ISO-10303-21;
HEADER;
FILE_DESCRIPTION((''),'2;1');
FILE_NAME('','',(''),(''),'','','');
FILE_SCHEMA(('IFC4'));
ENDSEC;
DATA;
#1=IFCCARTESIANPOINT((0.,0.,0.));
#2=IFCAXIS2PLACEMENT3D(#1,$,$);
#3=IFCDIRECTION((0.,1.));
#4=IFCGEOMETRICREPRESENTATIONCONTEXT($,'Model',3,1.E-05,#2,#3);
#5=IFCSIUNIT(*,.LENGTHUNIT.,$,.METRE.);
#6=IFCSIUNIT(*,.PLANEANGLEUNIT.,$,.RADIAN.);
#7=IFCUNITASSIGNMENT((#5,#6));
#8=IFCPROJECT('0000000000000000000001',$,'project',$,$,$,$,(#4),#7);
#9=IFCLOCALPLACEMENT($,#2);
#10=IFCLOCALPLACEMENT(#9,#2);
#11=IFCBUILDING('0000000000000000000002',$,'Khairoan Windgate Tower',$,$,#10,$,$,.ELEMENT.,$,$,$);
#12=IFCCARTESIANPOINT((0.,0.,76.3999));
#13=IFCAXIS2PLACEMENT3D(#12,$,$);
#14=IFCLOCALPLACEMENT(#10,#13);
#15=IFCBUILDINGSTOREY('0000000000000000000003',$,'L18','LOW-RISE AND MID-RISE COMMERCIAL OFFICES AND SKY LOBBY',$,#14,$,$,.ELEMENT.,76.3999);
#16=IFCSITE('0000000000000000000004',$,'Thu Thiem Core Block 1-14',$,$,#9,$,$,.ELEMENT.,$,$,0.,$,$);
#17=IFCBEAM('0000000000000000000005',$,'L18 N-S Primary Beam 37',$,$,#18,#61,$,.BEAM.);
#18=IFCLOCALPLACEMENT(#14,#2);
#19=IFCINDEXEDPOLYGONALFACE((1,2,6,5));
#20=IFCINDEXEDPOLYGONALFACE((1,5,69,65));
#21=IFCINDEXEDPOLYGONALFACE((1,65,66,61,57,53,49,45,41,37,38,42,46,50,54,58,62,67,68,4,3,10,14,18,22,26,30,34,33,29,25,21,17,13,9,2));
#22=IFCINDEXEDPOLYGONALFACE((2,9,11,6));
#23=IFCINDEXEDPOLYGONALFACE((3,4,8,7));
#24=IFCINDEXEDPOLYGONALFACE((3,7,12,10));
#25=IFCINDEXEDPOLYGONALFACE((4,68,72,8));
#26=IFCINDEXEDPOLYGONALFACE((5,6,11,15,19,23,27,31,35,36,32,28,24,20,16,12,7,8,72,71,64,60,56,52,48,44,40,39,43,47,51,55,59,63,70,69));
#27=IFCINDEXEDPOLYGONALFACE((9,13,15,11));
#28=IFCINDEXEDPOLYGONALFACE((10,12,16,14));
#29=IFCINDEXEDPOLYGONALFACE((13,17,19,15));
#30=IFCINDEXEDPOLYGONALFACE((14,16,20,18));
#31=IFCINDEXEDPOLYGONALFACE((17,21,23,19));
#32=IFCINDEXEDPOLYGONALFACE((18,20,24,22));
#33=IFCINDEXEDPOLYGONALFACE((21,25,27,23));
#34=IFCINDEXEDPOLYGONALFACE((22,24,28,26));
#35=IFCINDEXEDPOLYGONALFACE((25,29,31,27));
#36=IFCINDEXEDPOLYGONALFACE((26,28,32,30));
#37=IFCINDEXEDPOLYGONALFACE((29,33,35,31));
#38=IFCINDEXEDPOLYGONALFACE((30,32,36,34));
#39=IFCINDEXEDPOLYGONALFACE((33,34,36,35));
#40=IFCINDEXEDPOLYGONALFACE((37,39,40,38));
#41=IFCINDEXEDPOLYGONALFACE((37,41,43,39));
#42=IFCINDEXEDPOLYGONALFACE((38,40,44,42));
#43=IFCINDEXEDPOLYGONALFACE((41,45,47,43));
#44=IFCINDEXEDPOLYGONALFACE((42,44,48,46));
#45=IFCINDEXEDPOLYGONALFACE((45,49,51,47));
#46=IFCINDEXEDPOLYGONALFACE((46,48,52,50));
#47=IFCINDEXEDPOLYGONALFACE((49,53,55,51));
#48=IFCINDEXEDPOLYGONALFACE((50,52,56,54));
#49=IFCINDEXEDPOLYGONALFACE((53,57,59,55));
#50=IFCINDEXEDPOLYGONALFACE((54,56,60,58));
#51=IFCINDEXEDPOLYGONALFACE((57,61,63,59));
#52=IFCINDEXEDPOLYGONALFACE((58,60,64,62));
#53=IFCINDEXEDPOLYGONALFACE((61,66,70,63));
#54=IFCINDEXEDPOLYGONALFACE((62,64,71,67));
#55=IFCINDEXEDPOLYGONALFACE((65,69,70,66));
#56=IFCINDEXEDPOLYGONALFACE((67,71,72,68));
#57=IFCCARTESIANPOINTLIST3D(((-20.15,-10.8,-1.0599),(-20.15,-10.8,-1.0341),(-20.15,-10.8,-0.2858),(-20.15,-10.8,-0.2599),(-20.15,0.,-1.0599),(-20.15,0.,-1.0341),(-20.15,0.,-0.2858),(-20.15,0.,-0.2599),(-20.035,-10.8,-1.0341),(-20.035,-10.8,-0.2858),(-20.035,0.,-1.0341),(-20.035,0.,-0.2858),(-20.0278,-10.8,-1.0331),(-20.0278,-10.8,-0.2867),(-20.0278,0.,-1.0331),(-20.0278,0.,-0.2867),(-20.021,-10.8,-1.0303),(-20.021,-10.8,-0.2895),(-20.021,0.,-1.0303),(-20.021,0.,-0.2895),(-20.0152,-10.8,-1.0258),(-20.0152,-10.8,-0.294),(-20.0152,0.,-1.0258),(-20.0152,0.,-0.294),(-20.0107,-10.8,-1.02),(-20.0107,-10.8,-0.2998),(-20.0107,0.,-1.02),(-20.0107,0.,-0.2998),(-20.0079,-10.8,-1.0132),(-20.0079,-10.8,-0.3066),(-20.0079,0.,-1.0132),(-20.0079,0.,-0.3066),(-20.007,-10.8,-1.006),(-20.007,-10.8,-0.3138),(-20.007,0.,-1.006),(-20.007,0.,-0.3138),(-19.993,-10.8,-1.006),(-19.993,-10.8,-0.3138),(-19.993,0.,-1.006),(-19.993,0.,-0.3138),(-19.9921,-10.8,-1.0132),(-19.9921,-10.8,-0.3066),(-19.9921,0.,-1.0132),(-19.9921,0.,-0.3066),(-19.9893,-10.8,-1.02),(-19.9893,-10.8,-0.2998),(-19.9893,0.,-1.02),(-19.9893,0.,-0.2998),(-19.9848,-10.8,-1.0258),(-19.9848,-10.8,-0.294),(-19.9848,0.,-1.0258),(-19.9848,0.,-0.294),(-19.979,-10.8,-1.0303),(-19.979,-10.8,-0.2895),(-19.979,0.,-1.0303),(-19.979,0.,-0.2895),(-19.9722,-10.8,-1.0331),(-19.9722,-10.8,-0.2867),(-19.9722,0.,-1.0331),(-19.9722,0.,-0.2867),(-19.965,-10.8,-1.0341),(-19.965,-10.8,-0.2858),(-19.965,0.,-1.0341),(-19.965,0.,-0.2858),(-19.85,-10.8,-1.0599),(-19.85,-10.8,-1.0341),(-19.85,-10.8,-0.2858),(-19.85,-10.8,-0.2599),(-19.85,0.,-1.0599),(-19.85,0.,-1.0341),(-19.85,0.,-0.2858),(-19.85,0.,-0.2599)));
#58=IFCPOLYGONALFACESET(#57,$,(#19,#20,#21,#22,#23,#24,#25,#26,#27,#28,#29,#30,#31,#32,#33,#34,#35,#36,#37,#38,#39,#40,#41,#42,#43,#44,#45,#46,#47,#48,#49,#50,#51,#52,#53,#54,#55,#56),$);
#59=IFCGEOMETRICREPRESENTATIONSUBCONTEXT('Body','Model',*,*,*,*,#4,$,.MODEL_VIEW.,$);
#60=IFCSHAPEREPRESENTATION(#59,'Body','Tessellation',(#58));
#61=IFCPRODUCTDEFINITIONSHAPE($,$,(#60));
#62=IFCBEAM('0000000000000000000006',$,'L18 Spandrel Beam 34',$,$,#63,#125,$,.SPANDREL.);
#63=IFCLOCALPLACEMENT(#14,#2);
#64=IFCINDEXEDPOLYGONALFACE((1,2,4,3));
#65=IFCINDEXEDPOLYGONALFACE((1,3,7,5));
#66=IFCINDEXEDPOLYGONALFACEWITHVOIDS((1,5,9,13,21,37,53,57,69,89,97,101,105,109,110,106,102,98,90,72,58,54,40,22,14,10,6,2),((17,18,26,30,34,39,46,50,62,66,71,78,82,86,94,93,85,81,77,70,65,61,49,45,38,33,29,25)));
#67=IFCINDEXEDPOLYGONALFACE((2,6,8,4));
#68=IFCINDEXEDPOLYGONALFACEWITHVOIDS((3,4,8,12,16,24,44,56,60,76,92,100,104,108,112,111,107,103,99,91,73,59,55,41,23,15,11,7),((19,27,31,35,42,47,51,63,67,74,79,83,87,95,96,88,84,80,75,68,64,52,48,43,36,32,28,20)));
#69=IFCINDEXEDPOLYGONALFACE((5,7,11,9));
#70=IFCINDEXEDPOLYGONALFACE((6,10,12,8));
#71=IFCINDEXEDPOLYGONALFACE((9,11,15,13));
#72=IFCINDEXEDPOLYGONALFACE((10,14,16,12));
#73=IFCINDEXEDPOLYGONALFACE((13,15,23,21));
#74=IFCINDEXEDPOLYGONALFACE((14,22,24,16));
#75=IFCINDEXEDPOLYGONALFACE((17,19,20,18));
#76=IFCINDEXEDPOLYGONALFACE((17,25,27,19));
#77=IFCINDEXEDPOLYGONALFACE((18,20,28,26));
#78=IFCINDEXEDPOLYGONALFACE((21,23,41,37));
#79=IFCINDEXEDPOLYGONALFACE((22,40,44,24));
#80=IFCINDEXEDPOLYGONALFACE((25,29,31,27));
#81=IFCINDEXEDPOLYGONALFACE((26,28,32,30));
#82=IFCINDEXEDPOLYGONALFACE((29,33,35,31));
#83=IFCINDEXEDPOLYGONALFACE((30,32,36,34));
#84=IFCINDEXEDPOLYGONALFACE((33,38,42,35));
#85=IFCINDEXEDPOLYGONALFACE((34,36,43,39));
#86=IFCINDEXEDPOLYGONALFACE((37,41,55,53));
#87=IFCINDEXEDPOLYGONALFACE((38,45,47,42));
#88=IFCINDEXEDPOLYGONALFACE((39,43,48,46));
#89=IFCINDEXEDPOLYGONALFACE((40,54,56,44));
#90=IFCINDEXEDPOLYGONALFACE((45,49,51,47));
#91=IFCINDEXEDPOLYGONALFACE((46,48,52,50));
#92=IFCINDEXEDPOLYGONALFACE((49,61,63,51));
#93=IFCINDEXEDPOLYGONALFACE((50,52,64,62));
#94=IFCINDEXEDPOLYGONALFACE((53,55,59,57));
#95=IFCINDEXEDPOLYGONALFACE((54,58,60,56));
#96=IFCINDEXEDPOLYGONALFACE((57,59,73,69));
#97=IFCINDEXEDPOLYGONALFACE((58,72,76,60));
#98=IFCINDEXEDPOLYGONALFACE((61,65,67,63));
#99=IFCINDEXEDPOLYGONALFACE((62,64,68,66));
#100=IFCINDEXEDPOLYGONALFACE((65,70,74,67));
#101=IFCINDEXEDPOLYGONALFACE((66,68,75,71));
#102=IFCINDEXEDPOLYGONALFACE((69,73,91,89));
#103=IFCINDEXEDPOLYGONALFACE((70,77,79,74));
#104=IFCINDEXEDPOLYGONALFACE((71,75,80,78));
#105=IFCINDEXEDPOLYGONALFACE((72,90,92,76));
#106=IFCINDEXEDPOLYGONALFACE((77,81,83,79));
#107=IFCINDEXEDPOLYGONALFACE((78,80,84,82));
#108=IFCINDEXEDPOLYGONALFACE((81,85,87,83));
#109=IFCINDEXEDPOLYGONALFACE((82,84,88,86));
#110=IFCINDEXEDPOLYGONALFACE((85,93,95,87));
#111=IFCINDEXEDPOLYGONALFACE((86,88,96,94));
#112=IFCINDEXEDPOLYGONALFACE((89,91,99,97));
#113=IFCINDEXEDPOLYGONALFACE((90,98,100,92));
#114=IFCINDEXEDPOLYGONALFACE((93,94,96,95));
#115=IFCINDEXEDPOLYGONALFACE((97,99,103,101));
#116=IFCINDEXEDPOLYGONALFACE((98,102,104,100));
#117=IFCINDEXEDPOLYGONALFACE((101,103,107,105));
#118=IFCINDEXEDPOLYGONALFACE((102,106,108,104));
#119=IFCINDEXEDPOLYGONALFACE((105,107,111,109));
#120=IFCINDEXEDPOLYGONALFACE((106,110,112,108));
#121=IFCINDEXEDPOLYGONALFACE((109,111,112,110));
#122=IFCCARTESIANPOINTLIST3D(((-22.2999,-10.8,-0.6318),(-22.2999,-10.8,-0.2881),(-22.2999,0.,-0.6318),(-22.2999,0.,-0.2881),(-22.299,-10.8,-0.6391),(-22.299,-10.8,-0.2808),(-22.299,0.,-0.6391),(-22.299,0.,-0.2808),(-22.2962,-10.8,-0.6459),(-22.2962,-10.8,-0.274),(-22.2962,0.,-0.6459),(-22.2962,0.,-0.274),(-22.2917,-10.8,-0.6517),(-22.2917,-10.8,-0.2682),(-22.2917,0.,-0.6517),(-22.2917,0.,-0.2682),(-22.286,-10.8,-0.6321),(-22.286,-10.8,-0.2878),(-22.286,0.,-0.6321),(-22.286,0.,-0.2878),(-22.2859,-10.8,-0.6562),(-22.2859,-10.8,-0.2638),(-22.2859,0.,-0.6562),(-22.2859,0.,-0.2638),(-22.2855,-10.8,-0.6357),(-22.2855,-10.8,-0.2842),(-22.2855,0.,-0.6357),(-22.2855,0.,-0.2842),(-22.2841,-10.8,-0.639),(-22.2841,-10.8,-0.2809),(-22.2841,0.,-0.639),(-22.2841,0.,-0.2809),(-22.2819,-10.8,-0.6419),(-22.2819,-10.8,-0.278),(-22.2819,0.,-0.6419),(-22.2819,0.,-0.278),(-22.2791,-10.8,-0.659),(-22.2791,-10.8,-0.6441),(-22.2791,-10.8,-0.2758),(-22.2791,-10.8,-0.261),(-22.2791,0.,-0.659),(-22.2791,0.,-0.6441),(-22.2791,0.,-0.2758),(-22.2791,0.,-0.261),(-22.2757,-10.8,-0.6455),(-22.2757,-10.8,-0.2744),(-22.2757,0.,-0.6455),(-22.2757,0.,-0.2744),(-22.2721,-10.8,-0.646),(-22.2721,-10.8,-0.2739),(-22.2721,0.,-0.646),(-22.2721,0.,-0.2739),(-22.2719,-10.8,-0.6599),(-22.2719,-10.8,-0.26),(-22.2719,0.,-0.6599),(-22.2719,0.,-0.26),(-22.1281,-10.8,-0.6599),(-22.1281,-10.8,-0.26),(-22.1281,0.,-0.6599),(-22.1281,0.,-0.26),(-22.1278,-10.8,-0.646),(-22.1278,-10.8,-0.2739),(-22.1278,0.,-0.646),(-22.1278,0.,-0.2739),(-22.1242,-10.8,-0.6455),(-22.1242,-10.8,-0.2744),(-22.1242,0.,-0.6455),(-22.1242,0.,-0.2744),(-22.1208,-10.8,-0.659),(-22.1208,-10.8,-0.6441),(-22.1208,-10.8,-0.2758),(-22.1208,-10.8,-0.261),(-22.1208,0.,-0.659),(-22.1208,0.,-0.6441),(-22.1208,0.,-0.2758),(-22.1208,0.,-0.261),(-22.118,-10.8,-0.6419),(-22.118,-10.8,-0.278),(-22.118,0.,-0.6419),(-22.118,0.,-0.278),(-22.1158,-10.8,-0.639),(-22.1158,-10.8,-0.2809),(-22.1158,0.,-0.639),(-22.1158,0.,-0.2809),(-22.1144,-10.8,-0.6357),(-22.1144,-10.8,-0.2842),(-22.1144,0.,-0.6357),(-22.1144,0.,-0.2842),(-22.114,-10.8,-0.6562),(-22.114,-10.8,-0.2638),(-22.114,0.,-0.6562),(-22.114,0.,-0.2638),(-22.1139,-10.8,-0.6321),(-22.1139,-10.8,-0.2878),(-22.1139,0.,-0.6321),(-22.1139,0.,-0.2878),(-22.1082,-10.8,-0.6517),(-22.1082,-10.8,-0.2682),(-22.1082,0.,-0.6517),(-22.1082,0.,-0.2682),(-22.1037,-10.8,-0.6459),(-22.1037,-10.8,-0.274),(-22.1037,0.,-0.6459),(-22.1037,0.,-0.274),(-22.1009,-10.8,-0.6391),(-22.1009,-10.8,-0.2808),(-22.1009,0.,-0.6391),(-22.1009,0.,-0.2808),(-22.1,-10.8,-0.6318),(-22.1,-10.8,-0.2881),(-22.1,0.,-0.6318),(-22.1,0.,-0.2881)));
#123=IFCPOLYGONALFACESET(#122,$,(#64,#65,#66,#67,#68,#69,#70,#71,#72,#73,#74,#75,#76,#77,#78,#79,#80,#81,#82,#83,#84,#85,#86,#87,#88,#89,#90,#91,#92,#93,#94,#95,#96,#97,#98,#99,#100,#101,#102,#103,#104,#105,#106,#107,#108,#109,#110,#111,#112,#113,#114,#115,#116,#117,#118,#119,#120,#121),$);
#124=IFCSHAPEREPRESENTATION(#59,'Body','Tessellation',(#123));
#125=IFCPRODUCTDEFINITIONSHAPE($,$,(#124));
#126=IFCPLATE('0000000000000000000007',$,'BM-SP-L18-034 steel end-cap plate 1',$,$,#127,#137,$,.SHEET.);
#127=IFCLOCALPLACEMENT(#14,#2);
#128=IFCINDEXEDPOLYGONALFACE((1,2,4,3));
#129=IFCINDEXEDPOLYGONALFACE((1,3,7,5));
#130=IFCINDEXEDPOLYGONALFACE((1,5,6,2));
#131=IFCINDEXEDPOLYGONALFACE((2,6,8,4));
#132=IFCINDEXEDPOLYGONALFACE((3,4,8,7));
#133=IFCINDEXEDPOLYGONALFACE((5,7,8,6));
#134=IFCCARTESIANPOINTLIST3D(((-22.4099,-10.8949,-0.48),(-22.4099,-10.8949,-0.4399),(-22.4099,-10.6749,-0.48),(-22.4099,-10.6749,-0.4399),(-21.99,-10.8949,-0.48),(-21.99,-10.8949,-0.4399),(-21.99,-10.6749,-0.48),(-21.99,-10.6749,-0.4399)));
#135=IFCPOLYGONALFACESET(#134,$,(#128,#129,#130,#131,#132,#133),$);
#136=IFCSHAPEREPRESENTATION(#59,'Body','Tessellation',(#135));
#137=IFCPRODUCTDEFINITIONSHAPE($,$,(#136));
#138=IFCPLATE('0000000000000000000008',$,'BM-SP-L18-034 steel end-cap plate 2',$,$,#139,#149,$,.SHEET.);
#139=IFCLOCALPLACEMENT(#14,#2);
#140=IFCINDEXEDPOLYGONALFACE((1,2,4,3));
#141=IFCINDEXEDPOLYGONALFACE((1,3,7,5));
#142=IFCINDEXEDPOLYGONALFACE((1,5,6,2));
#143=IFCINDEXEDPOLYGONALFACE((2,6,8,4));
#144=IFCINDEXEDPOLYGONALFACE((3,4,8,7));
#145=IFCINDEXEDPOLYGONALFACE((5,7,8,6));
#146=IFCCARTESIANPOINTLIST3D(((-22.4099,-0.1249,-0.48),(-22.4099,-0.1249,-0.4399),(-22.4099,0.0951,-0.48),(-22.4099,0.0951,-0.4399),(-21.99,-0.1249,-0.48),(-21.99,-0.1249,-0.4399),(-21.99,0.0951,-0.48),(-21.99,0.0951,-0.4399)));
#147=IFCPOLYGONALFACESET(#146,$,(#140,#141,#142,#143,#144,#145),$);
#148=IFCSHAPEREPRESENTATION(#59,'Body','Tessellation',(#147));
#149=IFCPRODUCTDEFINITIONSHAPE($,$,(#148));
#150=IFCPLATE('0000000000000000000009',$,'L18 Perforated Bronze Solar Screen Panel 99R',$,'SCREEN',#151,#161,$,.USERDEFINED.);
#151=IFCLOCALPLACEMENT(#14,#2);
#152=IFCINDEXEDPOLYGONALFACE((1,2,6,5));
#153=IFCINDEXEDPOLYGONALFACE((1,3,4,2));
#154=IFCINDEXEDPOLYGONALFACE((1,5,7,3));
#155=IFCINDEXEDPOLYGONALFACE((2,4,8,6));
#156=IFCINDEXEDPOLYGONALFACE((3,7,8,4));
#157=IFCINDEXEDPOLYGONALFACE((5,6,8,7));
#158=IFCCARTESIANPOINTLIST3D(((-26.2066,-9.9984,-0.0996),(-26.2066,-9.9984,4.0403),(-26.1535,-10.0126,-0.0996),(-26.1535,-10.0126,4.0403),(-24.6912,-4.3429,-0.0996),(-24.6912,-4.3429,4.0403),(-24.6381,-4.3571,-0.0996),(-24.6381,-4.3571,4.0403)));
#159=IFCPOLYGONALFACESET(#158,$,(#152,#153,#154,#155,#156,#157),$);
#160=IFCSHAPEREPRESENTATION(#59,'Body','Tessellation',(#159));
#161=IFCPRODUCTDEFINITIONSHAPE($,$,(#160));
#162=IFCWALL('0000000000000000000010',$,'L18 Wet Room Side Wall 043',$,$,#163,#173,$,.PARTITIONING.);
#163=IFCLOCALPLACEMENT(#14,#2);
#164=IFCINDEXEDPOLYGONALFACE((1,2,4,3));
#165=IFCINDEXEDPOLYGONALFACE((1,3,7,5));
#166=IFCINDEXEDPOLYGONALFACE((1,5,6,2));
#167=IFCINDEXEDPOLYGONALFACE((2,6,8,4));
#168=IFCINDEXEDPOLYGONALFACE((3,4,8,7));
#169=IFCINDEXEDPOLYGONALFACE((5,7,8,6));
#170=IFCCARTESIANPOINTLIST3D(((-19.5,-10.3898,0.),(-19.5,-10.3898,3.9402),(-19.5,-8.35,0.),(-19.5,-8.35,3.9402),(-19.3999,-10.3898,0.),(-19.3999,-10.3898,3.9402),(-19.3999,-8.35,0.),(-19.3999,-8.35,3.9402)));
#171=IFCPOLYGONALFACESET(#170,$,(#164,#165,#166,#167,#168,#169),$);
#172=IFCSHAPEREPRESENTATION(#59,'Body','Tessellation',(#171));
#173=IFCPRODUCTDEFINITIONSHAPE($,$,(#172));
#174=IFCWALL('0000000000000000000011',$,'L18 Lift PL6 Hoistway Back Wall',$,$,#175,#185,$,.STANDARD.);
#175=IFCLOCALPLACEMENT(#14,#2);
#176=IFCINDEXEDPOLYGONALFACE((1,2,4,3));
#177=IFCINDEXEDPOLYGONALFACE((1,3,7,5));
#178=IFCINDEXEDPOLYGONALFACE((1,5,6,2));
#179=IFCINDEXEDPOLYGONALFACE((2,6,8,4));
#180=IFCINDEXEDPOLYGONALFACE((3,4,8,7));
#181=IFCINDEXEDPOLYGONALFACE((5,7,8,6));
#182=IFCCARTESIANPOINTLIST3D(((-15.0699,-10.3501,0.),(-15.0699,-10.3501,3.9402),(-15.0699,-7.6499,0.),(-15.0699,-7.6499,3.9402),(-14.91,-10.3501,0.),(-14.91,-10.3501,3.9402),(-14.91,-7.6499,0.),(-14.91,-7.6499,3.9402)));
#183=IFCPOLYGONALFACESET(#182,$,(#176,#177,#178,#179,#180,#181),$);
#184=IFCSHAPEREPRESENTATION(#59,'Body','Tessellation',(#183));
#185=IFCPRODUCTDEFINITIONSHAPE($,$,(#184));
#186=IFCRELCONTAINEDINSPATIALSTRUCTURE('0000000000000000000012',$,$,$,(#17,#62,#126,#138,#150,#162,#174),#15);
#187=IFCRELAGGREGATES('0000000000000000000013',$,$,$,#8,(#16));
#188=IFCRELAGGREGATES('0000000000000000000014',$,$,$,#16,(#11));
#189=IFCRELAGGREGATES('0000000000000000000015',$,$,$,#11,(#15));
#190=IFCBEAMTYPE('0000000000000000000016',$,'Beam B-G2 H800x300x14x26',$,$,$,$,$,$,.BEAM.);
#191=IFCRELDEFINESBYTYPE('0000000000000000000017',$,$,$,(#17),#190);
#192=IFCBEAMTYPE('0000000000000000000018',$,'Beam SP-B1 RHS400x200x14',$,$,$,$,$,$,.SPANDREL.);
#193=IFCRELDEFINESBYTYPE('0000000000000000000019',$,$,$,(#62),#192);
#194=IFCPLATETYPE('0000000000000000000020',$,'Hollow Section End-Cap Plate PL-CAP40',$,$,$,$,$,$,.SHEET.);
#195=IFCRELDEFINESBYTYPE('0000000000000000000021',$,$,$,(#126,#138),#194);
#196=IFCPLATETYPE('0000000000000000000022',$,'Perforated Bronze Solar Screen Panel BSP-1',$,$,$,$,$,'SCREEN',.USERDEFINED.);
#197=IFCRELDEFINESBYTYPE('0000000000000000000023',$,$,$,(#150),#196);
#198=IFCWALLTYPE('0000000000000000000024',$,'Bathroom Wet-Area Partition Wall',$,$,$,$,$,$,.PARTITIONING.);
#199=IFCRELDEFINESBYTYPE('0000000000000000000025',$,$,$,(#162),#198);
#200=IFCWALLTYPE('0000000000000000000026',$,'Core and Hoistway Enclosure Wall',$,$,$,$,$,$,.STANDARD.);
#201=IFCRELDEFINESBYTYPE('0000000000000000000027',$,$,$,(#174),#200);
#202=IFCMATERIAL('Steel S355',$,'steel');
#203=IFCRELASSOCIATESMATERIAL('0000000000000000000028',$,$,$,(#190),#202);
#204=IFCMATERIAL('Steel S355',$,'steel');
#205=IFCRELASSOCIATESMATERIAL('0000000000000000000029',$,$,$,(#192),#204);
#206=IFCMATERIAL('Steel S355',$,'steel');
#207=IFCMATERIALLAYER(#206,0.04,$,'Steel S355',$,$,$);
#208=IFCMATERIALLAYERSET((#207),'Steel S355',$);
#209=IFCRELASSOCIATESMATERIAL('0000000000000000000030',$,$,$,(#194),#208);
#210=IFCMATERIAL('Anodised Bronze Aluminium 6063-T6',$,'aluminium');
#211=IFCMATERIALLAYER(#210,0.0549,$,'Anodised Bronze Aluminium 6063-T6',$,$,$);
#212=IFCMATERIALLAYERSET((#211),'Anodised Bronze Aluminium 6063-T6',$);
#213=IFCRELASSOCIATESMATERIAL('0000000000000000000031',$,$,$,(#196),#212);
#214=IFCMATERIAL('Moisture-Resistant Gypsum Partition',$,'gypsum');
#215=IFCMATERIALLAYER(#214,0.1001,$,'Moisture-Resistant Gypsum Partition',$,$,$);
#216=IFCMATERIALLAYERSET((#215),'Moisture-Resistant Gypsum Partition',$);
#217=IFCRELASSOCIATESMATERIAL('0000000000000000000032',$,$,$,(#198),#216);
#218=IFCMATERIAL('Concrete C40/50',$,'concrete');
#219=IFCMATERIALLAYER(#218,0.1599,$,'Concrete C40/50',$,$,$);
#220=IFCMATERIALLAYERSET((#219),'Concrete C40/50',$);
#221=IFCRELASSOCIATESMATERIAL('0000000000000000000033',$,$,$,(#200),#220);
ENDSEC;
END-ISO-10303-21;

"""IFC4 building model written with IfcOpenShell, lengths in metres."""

from ifc_helpers import new_model, si_unit, direction, frame, frame_2d, origin, origin_2d, place, context, subcontext, project, spatial, rectangle, hollow_rectangle, i_section, extrude, material, layer, layer_set, material_profile, profile_set, type_object, element, save


model = new_model("IFC4")

# Units and contexts
model_context = context("Model", 3, precision=1e-05, world=origin(), true_north=direction((0.0, 1.0)))
body_context = subcontext(model_context, "Body", "Model", "MODEL_VIEW")
ifc_project = project(units=[si_unit("LENGTHUNIT", "METRE"), si_unit("PLANEANGLEUNIT", "RADIAN")], contexts=[model_context])

# Site, building, storey
site_placement = place(None, origin())
site = spatial("IfcSite", under=ifc_project, at=site_placement, Name="Thu Thiem Core Block 1-14", CompositionType="ELEMENT", RefElevation=0.0)
building_placement = place(site_placement, origin())
building = spatial("IfcBuilding", under=site, at=building_placement, Name="Khairoan Windgate Tower", CompositionType="ELEMENT")
storey_placement = place(building_placement, frame((0.0, 0.0, 76.3999)))
storey = spatial("IfcBuildingStorey", under=building, at=storey_placement, Name="L18", Description="LOW-RISE AND MID-RISE COMMERCIAL OFFICES AND SKY LOBBY", CompositionType="ELEMENT", Elevation=76.3999)

# Beams
ifc_material_1 = material(Name="Steel S355", Category="steel")
ifc_material_profile_1 = material_profile(ifc_material_1, i_section(OverallWidth=0.3, OverallDepth=0.8, WebThickness=0.0139, FlangeThickness=0.0259, FilletRadius=0.0281, at=origin_2d()))
ifc_profile_set_1 = profile_set([ifc_material_profile_1], Name="Steel S355")
beam_type_1 = type_object("IfcBeamType", Name="Beam B-G2 H800x300x14x26", PredefinedType="BEAM", material=ifc_profile_set_1)
beam_1_placement = place(storey_placement, frame((-20.0, -10.8, -0.6599), z_axis=(0.0, 1.0, 0.0), x_axis=(-1.0, 0.0, 0.0)))
element("IfcBeam", 1, at=beam_1_placement, inside=storey, type_object=beam_type_1, Name="L18 N-S Primary Beam 37", PredefinedType="BEAM", context=body_context, shape_type="SweptSolid", body=[
    extrude(i_section(OverallWidth=0.3, OverallDepth=0.8, WebThickness=0.0139, FlangeThickness=0.0259, FilletRadius=0.0281, at=origin_2d()), origin(), (0.0, 0.0, 1.0), 10.8),
])
ifc_material_2 = material(Name="Steel S355", Category="steel")
ifc_material_profile_2 = material_profile(ifc_material_2, hollow_rectangle(XDim=0.2, YDim=0.3999, WallThickness=0.0139, InnerFilletRadius=0.0139, OuterFilletRadius=0.0281, at=origin_2d()))
ifc_profile_set_2 = profile_set([ifc_material_profile_2], Name="Steel S355")
beam_type_2 = type_object("IfcBeamType", Name="Beam SP-B1 RHS400x200x14", PredefinedType="SPANDREL", material=ifc_profile_set_2)
beam_2_placement = place(storey_placement, frame((-22.2, -10.8, -0.46), z_axis=(0.0, 1.0, 0.0), x_axis=(-1.0, 0.0, 0.0)))
element("IfcBeam", 2, at=beam_2_placement, inside=storey, type_object=beam_type_2, Name="L18 Spandrel Beam 34", PredefinedType="SPANDREL", context=body_context, shape_type="SweptSolid", body=[
    extrude(hollow_rectangle(XDim=0.2, YDim=0.3999, WallThickness=0.0139, InnerFilletRadius=0.0139, OuterFilletRadius=0.0281, at=origin_2d()), origin(), (0.0, 0.0, 1.0), 10.8),
])

# Plates
ifc_material_3 = material(Name="Steel S355", Category="steel")
ifc_layer_1 = layer(ifc_material_3, 0.04, Name="Steel S355")
ifc_layer_set_1 = layer_set([ifc_layer_1], Name="Steel S355")
plate_type_1 = type_object("IfcPlateType", Name="Hollow Section End-Cap Plate PL-CAP40", PredefinedType="SHEET", material=ifc_layer_set_1)
for number, where, z_axis, x_axis, name in (
    (3, (-22.2, -10.7849, -0.48), (0.0, 0.0, 1.0), (0.0, 1.0, 0.0), "BM-SP-L18-034 steel end-cap plate 1"),
    (4, (-22.2, -0.0149, -0.48), (0.0, 0.0, 1.0), (0.0, 1.0, 0.0), "BM-SP-L18-034 steel end-cap plate 2"),
):
    element("IfcPlate", number, at=place(storey_placement, frame(where, z_axis=z_axis, x_axis=x_axis)), inside=storey, type_object=plate_type_1, Name=name, PredefinedType="SHEET", context=body_context, shape_type="SweptSolid", body=[
        extrude(rectangle(XDim=0.22, YDim=0.4199, at=origin_2d()), origin(), (0.0, 0.0, 1.0), 0.04),
    ])
ifc_material_4 = material(Name="Anodised Bronze Aluminium 6063-T6", Category="aluminium")
ifc_layer_2 = layer(ifc_material_4, 0.0549, Name="Anodised Bronze Aluminium 6063-T6")
ifc_layer_set_2 = layer_set([ifc_layer_2], Name="Anodised Bronze Aluminium 6063-T6")
plate_type_2 = type_object("IfcPlateType", Name="Perforated Bronze Solar Screen Panel BSP-1", ElementType="SCREEN", PredefinedType="USERDEFINED", material=ifc_layer_set_2)
plate_placement = place(storey_placement, frame((-25.4224, -7.1777, -0.0996), z_axis=(0.0, 0.0, 1.0), x_axis=(0.258819, 0.965926, 0.0)))
element("IfcPlate", 5, at=plate_placement, inside=storey, type_object=plate_type_2, Name="L18 Perforated Bronze Solar Screen Panel 99R", ObjectType="SCREEN", PredefinedType="USERDEFINED", context=body_context, shape_type="SweptSolid", body=[
    extrude(rectangle(XDim=5.855, YDim=0.0549, at=origin_2d()), origin(), (0.0, 0.0, 1.0), 4.1399),
])

# Walls
ifc_material_5 = material(Name="Moisture-Resistant Gypsum Partition", Category="gypsum")
ifc_layer_3 = layer(ifc_material_5, 0.1001, Name="Moisture-Resistant Gypsum Partition")
ifc_layer_set_3 = layer_set([ifc_layer_3], Name="Moisture-Resistant Gypsum Partition")
wall_type_1 = type_object("IfcWallType", Name="Bathroom Wet-Area Partition Wall", PredefinedType="PARTITIONING", material=ifc_layer_set_3)
wall_1_placement = place(storey_placement, frame((-19.45, -10.3899, 0.0), z_axis=(0.0, 0.0, 1.0), x_axis=(0.0, 1.0, 0.0)))
element("IfcWall", 6, at=wall_1_placement, inside=storey, type_object=wall_type_1, Name="L18 Wet Room Side Wall 043", PredefinedType="PARTITIONING", context=body_context, shape_type="SweptSolid", body=[
    extrude(rectangle(XDim=2.0398, YDim=0.1001, at=frame_2d((1.02, 0.0))), origin(), (0.0, 0.0, 1.0), 3.9402),
])
ifc_material_6 = material(Name="Concrete C40/50", Category="concrete")
ifc_layer_4 = layer(ifc_material_6, 0.1599, Name="Concrete C40/50")
ifc_layer_set_4 = layer_set([ifc_layer_4], Name="Concrete C40/50")
wall_type_2 = type_object("IfcWallType", Name="Core and Hoistway Enclosure Wall", PredefinedType="STANDARD", material=ifc_layer_set_4)
wall_2_placement = place(storey_placement, frame((-14.99, -10.3501, 0.0), z_axis=(0.0, 0.0, 1.0), x_axis=(0.0, 1.0, 0.0)))
element("IfcWall", 7, at=wall_2_placement, inside=storey, type_object=wall_type_2, Name="L18 Lift PL6 Hoistway Back Wall", PredefinedType="STANDARD", context=body_context, shape_type="SweptSolid", body=[
    extrude(rectangle(XDim=2.7002, YDim=0.1599, at=frame_2d((1.3501, 0.0))), origin(), (0.0, 0.0, 1.0), 3.9402),
])

save(model, "model.ifc")
